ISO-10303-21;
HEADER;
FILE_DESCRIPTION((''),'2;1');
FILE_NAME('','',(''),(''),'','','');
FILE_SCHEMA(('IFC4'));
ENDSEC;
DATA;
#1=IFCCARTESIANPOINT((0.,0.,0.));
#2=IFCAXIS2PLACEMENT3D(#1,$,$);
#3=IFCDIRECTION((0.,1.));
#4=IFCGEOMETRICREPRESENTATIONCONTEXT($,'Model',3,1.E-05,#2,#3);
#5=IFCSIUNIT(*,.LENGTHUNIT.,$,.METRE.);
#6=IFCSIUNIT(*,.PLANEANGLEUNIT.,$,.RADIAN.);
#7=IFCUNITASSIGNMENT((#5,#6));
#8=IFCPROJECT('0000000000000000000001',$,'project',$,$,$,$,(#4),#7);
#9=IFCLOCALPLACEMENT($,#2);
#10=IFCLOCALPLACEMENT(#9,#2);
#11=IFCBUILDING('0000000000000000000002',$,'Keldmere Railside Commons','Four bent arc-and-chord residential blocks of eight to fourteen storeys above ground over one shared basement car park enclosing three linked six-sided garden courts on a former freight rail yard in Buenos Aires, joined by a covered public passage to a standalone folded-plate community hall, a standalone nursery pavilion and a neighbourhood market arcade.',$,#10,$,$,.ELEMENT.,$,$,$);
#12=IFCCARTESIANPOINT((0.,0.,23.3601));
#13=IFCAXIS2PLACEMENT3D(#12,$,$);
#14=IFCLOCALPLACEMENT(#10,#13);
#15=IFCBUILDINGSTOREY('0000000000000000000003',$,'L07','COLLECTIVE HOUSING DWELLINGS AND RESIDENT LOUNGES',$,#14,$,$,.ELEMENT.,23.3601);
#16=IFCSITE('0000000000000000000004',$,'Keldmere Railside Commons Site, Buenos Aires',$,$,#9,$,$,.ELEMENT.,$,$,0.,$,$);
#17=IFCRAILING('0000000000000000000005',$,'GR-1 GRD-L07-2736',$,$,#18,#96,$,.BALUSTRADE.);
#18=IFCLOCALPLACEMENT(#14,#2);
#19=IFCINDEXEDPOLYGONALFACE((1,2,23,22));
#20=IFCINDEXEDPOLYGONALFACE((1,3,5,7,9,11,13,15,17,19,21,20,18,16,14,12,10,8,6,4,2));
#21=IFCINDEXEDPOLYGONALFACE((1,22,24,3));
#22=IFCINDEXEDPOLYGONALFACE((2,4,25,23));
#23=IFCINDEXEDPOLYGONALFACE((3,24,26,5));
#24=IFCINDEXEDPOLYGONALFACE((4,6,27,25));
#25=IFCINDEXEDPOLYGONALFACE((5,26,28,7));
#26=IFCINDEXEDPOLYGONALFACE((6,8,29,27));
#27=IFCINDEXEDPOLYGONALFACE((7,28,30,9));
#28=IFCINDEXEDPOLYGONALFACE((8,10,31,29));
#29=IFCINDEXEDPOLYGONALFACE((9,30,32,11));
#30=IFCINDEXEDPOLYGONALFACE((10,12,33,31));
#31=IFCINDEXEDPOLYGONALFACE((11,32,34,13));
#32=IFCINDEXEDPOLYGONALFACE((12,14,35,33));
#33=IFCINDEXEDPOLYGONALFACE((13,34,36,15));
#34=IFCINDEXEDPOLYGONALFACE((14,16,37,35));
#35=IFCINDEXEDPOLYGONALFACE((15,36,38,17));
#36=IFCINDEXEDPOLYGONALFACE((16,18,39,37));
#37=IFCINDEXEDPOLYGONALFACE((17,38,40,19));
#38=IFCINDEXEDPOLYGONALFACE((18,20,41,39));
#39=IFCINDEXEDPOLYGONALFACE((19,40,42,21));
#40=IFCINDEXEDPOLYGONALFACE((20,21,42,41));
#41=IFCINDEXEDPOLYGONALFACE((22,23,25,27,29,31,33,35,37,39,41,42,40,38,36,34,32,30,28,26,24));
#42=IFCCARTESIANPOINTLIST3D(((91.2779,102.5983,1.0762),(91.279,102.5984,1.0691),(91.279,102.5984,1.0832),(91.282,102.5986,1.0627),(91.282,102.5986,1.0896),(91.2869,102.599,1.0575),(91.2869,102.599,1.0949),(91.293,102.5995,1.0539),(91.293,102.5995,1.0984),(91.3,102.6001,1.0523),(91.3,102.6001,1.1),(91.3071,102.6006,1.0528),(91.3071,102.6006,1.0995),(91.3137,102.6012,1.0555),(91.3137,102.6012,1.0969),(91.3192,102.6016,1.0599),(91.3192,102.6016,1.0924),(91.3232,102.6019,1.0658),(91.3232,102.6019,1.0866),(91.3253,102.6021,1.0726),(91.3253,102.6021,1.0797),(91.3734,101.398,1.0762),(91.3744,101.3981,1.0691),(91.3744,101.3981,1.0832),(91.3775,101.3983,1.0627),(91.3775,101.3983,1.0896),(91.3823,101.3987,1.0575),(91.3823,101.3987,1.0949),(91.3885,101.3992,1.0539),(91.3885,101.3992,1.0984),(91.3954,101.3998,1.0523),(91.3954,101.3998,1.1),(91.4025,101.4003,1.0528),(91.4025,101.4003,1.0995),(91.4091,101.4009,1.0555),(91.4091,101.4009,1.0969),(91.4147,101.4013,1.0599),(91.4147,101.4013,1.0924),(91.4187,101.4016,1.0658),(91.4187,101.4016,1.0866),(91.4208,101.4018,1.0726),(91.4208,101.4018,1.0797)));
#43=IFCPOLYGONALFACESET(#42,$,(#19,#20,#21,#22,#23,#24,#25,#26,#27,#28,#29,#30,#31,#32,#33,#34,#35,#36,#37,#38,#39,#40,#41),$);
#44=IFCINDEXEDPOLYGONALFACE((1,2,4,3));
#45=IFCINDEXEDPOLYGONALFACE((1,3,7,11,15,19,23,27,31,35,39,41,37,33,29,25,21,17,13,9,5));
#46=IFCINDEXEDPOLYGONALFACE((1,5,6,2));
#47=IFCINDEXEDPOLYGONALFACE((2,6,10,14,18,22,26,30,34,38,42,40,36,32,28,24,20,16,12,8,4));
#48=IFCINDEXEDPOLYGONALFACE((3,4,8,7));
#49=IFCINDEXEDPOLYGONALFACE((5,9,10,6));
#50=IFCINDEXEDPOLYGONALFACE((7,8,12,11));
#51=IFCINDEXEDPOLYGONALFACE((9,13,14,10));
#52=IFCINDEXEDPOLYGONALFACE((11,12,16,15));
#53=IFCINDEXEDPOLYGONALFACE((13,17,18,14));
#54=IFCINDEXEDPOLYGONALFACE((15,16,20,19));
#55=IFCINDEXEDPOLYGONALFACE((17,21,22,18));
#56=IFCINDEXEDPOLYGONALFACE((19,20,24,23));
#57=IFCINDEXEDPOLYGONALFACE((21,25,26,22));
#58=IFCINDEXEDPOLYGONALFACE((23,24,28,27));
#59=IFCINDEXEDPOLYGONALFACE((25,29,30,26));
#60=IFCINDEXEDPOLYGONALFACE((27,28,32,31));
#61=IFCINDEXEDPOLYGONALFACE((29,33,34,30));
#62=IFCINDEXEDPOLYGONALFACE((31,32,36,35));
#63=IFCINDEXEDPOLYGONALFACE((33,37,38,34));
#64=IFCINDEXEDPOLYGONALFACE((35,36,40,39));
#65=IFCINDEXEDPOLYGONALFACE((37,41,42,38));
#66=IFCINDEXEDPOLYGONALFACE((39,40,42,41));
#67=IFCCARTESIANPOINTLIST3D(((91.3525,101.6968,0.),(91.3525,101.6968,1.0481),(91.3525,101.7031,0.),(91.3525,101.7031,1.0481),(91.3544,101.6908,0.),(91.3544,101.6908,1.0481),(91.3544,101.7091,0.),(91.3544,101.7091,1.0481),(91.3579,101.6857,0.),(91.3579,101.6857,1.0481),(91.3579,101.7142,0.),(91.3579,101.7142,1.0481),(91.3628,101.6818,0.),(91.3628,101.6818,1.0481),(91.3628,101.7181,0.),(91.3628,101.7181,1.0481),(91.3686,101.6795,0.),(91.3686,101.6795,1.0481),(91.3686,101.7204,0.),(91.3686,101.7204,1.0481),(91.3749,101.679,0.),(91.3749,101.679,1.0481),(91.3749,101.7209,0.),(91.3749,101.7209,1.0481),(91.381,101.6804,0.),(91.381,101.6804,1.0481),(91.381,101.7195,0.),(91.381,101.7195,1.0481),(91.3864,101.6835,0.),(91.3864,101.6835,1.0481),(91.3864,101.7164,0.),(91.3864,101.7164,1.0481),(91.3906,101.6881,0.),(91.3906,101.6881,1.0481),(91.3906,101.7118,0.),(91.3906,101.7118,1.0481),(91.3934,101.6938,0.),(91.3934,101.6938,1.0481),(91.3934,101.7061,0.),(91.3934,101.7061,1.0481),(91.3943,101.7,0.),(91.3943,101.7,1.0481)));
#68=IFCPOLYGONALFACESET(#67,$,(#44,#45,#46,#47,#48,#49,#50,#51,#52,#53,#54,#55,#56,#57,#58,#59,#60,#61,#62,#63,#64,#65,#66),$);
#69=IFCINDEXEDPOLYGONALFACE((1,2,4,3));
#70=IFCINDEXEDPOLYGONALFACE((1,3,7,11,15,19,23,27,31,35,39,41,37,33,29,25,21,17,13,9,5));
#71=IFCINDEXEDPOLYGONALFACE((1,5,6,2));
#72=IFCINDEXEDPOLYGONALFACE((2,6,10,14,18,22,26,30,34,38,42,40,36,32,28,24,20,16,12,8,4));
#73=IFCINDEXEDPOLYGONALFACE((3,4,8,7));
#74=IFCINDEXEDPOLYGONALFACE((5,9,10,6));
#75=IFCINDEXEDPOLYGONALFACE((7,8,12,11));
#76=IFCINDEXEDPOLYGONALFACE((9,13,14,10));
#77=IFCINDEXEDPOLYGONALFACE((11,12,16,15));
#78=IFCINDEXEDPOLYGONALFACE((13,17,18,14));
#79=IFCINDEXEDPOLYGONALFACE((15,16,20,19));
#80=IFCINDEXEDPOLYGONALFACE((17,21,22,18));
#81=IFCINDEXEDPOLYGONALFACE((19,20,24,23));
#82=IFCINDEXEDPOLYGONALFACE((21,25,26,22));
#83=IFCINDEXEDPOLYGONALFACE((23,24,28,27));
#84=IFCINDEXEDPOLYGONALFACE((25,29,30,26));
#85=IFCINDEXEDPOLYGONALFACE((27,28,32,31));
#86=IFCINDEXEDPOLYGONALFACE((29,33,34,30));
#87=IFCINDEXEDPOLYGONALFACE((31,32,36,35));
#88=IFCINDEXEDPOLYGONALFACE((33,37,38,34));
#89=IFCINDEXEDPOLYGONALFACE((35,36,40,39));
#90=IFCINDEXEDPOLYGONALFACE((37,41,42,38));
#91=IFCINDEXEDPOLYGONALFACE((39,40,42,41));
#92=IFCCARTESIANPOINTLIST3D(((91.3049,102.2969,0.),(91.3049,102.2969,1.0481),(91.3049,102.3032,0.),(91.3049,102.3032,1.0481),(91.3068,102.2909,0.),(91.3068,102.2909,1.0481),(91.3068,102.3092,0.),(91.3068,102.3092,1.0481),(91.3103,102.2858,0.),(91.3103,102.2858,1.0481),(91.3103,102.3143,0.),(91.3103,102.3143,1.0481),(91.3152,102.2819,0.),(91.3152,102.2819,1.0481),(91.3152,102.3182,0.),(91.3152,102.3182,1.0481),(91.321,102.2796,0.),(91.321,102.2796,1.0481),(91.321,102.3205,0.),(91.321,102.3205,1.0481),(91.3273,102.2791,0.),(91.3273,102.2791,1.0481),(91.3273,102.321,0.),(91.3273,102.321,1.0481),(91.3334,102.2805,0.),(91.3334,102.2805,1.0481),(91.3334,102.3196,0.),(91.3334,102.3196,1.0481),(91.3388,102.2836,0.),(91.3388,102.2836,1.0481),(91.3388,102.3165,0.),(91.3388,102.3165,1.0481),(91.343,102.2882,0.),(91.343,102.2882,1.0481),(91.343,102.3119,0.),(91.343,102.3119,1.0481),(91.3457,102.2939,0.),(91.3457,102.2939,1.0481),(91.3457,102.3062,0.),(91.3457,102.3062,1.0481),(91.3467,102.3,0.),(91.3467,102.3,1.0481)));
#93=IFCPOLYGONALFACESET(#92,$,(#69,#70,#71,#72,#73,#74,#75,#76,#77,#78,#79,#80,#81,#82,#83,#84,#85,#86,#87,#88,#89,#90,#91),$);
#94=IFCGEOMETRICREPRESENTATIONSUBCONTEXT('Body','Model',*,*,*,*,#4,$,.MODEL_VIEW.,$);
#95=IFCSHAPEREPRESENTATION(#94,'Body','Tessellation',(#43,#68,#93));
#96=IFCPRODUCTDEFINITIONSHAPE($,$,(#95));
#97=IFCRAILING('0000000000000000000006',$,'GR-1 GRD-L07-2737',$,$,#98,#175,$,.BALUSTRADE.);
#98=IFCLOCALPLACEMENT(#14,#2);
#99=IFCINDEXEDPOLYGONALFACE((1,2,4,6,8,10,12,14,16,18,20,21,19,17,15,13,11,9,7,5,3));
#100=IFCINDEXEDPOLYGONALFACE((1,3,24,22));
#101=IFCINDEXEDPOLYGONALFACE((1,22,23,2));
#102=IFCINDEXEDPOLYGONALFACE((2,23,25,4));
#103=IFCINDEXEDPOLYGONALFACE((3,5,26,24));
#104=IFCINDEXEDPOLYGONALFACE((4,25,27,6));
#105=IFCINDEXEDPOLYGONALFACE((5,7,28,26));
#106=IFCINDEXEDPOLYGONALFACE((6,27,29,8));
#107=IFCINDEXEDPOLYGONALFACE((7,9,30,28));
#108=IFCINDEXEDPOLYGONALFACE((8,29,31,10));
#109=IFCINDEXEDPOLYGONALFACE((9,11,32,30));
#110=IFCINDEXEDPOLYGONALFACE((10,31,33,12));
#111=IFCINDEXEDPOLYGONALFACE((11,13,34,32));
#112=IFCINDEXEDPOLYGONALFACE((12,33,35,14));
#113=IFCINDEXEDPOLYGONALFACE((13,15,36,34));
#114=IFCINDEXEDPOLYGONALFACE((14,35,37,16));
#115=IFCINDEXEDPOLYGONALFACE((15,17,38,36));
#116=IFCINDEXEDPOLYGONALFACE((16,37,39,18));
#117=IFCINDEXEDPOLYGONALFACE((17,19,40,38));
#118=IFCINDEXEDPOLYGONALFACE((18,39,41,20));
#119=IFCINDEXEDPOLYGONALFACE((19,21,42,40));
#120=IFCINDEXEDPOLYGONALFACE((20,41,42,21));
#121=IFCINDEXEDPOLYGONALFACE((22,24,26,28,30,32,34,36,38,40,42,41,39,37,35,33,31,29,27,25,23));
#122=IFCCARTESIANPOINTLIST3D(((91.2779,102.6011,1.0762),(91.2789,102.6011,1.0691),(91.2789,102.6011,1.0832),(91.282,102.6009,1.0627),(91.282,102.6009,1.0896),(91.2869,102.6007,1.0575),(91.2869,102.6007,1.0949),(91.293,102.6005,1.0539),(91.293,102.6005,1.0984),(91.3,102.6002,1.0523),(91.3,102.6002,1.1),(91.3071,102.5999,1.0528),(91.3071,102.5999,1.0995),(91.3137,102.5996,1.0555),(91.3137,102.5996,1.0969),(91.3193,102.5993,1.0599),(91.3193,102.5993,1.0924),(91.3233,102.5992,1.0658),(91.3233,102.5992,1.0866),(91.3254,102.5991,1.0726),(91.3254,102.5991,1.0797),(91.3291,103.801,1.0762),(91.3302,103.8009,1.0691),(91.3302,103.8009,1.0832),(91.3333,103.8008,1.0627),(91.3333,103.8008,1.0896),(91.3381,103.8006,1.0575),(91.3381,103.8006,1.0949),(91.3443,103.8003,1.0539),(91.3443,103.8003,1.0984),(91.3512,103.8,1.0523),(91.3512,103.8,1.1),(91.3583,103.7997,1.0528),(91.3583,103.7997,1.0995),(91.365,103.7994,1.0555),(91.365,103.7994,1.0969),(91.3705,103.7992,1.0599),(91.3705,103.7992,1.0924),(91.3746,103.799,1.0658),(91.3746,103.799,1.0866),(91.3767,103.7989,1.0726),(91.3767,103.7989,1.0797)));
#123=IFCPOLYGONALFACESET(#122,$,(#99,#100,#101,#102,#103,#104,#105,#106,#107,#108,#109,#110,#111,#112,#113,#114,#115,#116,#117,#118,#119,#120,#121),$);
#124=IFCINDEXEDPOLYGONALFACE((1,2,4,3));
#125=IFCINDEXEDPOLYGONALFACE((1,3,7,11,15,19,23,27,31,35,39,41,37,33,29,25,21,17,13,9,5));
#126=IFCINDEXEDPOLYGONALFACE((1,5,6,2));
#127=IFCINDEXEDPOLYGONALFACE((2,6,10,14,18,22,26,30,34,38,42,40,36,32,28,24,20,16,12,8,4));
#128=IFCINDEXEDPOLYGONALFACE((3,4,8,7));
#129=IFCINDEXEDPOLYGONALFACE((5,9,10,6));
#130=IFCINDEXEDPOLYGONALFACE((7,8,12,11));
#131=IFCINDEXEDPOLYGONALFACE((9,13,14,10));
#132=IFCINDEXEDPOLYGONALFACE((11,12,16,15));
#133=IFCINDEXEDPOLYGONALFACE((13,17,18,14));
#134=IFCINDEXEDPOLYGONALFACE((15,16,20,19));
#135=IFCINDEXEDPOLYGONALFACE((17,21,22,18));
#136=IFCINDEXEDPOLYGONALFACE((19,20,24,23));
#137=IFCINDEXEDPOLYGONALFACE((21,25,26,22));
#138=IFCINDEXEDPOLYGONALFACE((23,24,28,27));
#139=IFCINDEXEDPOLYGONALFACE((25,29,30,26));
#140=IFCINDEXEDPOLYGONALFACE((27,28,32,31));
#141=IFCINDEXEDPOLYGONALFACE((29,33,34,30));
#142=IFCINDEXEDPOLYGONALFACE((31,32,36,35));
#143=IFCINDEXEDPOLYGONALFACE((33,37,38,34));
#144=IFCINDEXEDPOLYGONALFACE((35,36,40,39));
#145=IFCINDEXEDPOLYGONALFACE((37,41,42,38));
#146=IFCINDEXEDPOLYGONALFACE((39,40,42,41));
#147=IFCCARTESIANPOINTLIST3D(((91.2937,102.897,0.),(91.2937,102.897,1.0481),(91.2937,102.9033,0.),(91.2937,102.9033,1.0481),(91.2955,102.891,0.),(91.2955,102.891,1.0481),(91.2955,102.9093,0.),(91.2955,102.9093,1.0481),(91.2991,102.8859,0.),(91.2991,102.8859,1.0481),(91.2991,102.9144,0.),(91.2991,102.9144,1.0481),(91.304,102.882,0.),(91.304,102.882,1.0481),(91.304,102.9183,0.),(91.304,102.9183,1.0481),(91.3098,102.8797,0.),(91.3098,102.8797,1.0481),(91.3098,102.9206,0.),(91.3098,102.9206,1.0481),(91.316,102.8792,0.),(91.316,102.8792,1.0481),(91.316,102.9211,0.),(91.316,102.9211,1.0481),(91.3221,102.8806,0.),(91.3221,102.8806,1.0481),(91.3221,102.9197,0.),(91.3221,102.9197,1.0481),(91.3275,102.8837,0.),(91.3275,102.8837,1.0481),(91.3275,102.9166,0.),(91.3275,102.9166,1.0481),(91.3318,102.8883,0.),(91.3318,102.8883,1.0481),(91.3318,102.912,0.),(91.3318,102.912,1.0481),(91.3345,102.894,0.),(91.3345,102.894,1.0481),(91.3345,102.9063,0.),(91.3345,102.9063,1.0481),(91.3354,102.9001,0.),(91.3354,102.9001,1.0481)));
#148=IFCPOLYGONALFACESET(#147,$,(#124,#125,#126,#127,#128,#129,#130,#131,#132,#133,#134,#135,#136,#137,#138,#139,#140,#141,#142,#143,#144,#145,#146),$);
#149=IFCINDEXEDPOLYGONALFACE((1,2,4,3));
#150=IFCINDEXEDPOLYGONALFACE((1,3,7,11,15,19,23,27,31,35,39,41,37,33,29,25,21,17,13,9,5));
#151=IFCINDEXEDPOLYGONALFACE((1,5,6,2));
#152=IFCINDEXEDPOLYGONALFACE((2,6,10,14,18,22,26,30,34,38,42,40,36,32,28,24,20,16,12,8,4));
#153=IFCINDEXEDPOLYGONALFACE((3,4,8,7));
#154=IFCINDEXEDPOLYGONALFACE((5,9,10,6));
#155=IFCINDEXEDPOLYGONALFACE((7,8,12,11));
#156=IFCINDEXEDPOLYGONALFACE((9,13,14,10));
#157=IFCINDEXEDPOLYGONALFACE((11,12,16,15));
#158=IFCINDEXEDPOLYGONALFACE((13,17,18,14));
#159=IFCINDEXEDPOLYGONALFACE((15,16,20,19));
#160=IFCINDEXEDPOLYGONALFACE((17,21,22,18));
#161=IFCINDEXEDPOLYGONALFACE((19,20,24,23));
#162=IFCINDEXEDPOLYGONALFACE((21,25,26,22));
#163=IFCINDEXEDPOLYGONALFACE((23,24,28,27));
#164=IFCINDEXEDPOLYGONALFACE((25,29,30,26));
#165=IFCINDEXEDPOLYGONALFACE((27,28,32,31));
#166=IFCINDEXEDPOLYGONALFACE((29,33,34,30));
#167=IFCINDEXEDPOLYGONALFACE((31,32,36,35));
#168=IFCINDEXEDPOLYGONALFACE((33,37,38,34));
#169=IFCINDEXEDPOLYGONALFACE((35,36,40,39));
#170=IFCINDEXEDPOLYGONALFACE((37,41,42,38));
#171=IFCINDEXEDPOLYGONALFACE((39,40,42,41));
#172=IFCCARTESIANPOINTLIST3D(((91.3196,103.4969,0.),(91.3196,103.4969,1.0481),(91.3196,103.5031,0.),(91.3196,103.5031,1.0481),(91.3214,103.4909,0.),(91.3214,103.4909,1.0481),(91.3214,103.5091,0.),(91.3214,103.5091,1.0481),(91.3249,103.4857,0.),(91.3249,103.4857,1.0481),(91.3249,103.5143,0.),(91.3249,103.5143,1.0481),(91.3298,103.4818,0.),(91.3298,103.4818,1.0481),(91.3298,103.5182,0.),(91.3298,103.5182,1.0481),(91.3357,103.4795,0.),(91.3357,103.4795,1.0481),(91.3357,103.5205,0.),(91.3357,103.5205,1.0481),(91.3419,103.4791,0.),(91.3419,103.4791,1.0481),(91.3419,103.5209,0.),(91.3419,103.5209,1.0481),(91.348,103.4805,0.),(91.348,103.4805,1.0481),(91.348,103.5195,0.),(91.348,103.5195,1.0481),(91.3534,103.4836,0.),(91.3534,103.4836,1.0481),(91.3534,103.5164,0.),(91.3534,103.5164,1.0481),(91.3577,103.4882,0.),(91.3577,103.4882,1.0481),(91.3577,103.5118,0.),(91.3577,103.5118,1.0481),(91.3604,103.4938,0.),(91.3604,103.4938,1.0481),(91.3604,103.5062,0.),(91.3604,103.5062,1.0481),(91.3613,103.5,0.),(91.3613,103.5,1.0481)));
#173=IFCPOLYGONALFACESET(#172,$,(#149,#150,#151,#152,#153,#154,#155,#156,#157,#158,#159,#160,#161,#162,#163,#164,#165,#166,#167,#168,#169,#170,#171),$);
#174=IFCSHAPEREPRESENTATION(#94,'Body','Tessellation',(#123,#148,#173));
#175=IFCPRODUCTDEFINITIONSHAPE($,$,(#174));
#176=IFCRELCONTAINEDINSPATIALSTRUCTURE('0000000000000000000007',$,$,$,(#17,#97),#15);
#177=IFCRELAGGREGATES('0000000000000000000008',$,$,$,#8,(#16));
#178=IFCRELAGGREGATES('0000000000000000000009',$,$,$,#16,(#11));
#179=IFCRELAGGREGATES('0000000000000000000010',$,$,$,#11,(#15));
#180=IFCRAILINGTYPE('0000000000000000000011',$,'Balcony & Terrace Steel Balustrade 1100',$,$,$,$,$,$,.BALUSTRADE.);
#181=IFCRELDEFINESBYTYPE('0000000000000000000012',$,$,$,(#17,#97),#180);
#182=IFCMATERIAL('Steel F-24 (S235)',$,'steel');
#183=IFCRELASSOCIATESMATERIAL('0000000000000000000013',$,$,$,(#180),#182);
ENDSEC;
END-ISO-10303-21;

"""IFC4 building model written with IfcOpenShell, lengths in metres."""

from ifc_helpers import new_model, si_unit, direction, frame, origin, origin_2d, place, context, subcontext, project, spatial, circle, extrude, material, type_object, element, save


model = new_model("IFC4")

# Units and contexts
model_context = context("Model", 3, precision=1e-05, world=origin(), true_north=direction((0.0, 1.0)))
body_context = subcontext(model_context, "Body", "Model", "MODEL_VIEW")
ifc_project = project(units=[si_unit("LENGTHUNIT", "METRE"), si_unit("PLANEANGLEUNIT", "RADIAN")], contexts=[model_context])

# Site, building, storey
site_placement = place(None, origin())
site = spatial("IfcSite", under=ifc_project, at=site_placement, Name="Keldmere Railside Commons Site, Buenos Aires", CompositionType="ELEMENT", RefElevation=0.0)
building_placement = place(site_placement, origin())
building = spatial("IfcBuilding", under=site, at=building_placement, Name="Keldmere Railside Commons", Description="Four bent arc-and-chord residential blocks of eight to fourteen storeys above ground over one shared basement car park enclosing three linked six-sided garden courts on a former freight rail yard in Buenos Aires, joined by a covered public passage to a standalone folded-plate community hall, a standalone nursery pavilion and a neighbourhood market arcade.", CompositionType="ELEMENT")
storey_placement = place(building_placement, frame((0.0, 0.0, 23.3601)))
storey = spatial("IfcBuildingStorey", under=building, at=storey_placement, Name="L07", Description="COLLECTIVE HOUSING DWELLINGS AND RESIDENT LOUNGES", CompositionType="ELEMENT", Elevation=23.3601)

# Railings
ifc_material_1 = material(Name="Steel F-24 (S235)", Category="steel")
railing_type = type_object("IfcRailingType", Name="Balcony & Terrace Steel Balustrade 1100", PredefinedType="BALUSTRADE", material=ifc_material_1)
railing_1_placement = place(storey_placement, frame((91.3972, 101.3999, 0.0)))
element("IfcRailing", 1, at=railing_1_placement, inside=storey, type_object=railing_type, Name="GR-1 GRD-L07-2736", PredefinedType="BALUSTRADE", context=body_context, shape_type="SweptSolid", body=[
    extrude(circle(Radius=0.0239, at=origin_2d()), frame((0.0, 0.0, 1.0762), z_axis=(-0.079286, 0.996852, 0.0), x_axis=(-0.996852, -0.079286, 0.0)), (0.0, 0.0, 1.0), 1.2041),
    extrude(circle(Radius=0.021, at=origin_2d()), frame((-0.0239, 0.3, 0.0)), (0.0, 0.0, 1.0), 1.0481),
    extrude(circle(Radius=0.021, at=origin_2d()), frame((-0.0715, 0.9001, 0.0)), (0.0, 0.0, 1.0), 1.0481),
])
railing_2_placement = place(storey_placement, frame((91.3018, 102.6001, 0.0)))
element("IfcRailing", 2, at=railing_2_placement, inside=storey, type_object=railing_type, Name="GR-1 GRD-L07-2737", PredefinedType="BALUSTRADE", context=body_context, shape_type="SweptSolid", body=[
    extrude(circle(Radius=0.0239, at=origin_2d()), frame((0.0, 0.0, 1.0762), z_axis=(0.042687, 0.999088, 0.0), x_axis=(-0.999088, 0.042687, 0.0)), (0.0, 0.0, 1.0), 1.2009),
    extrude(circle(Radius=0.021, at=origin_2d()), frame((0.0127, 0.3, 0.0)), (0.0, 0.0, 1.0), 1.0481),
    extrude(circle(Radius=0.021, at=origin_2d()), frame((0.0386, 0.8999, 0.0)), (0.0, 0.0, 1.0), 1.0481),
])

save(model, "model.ifc")
